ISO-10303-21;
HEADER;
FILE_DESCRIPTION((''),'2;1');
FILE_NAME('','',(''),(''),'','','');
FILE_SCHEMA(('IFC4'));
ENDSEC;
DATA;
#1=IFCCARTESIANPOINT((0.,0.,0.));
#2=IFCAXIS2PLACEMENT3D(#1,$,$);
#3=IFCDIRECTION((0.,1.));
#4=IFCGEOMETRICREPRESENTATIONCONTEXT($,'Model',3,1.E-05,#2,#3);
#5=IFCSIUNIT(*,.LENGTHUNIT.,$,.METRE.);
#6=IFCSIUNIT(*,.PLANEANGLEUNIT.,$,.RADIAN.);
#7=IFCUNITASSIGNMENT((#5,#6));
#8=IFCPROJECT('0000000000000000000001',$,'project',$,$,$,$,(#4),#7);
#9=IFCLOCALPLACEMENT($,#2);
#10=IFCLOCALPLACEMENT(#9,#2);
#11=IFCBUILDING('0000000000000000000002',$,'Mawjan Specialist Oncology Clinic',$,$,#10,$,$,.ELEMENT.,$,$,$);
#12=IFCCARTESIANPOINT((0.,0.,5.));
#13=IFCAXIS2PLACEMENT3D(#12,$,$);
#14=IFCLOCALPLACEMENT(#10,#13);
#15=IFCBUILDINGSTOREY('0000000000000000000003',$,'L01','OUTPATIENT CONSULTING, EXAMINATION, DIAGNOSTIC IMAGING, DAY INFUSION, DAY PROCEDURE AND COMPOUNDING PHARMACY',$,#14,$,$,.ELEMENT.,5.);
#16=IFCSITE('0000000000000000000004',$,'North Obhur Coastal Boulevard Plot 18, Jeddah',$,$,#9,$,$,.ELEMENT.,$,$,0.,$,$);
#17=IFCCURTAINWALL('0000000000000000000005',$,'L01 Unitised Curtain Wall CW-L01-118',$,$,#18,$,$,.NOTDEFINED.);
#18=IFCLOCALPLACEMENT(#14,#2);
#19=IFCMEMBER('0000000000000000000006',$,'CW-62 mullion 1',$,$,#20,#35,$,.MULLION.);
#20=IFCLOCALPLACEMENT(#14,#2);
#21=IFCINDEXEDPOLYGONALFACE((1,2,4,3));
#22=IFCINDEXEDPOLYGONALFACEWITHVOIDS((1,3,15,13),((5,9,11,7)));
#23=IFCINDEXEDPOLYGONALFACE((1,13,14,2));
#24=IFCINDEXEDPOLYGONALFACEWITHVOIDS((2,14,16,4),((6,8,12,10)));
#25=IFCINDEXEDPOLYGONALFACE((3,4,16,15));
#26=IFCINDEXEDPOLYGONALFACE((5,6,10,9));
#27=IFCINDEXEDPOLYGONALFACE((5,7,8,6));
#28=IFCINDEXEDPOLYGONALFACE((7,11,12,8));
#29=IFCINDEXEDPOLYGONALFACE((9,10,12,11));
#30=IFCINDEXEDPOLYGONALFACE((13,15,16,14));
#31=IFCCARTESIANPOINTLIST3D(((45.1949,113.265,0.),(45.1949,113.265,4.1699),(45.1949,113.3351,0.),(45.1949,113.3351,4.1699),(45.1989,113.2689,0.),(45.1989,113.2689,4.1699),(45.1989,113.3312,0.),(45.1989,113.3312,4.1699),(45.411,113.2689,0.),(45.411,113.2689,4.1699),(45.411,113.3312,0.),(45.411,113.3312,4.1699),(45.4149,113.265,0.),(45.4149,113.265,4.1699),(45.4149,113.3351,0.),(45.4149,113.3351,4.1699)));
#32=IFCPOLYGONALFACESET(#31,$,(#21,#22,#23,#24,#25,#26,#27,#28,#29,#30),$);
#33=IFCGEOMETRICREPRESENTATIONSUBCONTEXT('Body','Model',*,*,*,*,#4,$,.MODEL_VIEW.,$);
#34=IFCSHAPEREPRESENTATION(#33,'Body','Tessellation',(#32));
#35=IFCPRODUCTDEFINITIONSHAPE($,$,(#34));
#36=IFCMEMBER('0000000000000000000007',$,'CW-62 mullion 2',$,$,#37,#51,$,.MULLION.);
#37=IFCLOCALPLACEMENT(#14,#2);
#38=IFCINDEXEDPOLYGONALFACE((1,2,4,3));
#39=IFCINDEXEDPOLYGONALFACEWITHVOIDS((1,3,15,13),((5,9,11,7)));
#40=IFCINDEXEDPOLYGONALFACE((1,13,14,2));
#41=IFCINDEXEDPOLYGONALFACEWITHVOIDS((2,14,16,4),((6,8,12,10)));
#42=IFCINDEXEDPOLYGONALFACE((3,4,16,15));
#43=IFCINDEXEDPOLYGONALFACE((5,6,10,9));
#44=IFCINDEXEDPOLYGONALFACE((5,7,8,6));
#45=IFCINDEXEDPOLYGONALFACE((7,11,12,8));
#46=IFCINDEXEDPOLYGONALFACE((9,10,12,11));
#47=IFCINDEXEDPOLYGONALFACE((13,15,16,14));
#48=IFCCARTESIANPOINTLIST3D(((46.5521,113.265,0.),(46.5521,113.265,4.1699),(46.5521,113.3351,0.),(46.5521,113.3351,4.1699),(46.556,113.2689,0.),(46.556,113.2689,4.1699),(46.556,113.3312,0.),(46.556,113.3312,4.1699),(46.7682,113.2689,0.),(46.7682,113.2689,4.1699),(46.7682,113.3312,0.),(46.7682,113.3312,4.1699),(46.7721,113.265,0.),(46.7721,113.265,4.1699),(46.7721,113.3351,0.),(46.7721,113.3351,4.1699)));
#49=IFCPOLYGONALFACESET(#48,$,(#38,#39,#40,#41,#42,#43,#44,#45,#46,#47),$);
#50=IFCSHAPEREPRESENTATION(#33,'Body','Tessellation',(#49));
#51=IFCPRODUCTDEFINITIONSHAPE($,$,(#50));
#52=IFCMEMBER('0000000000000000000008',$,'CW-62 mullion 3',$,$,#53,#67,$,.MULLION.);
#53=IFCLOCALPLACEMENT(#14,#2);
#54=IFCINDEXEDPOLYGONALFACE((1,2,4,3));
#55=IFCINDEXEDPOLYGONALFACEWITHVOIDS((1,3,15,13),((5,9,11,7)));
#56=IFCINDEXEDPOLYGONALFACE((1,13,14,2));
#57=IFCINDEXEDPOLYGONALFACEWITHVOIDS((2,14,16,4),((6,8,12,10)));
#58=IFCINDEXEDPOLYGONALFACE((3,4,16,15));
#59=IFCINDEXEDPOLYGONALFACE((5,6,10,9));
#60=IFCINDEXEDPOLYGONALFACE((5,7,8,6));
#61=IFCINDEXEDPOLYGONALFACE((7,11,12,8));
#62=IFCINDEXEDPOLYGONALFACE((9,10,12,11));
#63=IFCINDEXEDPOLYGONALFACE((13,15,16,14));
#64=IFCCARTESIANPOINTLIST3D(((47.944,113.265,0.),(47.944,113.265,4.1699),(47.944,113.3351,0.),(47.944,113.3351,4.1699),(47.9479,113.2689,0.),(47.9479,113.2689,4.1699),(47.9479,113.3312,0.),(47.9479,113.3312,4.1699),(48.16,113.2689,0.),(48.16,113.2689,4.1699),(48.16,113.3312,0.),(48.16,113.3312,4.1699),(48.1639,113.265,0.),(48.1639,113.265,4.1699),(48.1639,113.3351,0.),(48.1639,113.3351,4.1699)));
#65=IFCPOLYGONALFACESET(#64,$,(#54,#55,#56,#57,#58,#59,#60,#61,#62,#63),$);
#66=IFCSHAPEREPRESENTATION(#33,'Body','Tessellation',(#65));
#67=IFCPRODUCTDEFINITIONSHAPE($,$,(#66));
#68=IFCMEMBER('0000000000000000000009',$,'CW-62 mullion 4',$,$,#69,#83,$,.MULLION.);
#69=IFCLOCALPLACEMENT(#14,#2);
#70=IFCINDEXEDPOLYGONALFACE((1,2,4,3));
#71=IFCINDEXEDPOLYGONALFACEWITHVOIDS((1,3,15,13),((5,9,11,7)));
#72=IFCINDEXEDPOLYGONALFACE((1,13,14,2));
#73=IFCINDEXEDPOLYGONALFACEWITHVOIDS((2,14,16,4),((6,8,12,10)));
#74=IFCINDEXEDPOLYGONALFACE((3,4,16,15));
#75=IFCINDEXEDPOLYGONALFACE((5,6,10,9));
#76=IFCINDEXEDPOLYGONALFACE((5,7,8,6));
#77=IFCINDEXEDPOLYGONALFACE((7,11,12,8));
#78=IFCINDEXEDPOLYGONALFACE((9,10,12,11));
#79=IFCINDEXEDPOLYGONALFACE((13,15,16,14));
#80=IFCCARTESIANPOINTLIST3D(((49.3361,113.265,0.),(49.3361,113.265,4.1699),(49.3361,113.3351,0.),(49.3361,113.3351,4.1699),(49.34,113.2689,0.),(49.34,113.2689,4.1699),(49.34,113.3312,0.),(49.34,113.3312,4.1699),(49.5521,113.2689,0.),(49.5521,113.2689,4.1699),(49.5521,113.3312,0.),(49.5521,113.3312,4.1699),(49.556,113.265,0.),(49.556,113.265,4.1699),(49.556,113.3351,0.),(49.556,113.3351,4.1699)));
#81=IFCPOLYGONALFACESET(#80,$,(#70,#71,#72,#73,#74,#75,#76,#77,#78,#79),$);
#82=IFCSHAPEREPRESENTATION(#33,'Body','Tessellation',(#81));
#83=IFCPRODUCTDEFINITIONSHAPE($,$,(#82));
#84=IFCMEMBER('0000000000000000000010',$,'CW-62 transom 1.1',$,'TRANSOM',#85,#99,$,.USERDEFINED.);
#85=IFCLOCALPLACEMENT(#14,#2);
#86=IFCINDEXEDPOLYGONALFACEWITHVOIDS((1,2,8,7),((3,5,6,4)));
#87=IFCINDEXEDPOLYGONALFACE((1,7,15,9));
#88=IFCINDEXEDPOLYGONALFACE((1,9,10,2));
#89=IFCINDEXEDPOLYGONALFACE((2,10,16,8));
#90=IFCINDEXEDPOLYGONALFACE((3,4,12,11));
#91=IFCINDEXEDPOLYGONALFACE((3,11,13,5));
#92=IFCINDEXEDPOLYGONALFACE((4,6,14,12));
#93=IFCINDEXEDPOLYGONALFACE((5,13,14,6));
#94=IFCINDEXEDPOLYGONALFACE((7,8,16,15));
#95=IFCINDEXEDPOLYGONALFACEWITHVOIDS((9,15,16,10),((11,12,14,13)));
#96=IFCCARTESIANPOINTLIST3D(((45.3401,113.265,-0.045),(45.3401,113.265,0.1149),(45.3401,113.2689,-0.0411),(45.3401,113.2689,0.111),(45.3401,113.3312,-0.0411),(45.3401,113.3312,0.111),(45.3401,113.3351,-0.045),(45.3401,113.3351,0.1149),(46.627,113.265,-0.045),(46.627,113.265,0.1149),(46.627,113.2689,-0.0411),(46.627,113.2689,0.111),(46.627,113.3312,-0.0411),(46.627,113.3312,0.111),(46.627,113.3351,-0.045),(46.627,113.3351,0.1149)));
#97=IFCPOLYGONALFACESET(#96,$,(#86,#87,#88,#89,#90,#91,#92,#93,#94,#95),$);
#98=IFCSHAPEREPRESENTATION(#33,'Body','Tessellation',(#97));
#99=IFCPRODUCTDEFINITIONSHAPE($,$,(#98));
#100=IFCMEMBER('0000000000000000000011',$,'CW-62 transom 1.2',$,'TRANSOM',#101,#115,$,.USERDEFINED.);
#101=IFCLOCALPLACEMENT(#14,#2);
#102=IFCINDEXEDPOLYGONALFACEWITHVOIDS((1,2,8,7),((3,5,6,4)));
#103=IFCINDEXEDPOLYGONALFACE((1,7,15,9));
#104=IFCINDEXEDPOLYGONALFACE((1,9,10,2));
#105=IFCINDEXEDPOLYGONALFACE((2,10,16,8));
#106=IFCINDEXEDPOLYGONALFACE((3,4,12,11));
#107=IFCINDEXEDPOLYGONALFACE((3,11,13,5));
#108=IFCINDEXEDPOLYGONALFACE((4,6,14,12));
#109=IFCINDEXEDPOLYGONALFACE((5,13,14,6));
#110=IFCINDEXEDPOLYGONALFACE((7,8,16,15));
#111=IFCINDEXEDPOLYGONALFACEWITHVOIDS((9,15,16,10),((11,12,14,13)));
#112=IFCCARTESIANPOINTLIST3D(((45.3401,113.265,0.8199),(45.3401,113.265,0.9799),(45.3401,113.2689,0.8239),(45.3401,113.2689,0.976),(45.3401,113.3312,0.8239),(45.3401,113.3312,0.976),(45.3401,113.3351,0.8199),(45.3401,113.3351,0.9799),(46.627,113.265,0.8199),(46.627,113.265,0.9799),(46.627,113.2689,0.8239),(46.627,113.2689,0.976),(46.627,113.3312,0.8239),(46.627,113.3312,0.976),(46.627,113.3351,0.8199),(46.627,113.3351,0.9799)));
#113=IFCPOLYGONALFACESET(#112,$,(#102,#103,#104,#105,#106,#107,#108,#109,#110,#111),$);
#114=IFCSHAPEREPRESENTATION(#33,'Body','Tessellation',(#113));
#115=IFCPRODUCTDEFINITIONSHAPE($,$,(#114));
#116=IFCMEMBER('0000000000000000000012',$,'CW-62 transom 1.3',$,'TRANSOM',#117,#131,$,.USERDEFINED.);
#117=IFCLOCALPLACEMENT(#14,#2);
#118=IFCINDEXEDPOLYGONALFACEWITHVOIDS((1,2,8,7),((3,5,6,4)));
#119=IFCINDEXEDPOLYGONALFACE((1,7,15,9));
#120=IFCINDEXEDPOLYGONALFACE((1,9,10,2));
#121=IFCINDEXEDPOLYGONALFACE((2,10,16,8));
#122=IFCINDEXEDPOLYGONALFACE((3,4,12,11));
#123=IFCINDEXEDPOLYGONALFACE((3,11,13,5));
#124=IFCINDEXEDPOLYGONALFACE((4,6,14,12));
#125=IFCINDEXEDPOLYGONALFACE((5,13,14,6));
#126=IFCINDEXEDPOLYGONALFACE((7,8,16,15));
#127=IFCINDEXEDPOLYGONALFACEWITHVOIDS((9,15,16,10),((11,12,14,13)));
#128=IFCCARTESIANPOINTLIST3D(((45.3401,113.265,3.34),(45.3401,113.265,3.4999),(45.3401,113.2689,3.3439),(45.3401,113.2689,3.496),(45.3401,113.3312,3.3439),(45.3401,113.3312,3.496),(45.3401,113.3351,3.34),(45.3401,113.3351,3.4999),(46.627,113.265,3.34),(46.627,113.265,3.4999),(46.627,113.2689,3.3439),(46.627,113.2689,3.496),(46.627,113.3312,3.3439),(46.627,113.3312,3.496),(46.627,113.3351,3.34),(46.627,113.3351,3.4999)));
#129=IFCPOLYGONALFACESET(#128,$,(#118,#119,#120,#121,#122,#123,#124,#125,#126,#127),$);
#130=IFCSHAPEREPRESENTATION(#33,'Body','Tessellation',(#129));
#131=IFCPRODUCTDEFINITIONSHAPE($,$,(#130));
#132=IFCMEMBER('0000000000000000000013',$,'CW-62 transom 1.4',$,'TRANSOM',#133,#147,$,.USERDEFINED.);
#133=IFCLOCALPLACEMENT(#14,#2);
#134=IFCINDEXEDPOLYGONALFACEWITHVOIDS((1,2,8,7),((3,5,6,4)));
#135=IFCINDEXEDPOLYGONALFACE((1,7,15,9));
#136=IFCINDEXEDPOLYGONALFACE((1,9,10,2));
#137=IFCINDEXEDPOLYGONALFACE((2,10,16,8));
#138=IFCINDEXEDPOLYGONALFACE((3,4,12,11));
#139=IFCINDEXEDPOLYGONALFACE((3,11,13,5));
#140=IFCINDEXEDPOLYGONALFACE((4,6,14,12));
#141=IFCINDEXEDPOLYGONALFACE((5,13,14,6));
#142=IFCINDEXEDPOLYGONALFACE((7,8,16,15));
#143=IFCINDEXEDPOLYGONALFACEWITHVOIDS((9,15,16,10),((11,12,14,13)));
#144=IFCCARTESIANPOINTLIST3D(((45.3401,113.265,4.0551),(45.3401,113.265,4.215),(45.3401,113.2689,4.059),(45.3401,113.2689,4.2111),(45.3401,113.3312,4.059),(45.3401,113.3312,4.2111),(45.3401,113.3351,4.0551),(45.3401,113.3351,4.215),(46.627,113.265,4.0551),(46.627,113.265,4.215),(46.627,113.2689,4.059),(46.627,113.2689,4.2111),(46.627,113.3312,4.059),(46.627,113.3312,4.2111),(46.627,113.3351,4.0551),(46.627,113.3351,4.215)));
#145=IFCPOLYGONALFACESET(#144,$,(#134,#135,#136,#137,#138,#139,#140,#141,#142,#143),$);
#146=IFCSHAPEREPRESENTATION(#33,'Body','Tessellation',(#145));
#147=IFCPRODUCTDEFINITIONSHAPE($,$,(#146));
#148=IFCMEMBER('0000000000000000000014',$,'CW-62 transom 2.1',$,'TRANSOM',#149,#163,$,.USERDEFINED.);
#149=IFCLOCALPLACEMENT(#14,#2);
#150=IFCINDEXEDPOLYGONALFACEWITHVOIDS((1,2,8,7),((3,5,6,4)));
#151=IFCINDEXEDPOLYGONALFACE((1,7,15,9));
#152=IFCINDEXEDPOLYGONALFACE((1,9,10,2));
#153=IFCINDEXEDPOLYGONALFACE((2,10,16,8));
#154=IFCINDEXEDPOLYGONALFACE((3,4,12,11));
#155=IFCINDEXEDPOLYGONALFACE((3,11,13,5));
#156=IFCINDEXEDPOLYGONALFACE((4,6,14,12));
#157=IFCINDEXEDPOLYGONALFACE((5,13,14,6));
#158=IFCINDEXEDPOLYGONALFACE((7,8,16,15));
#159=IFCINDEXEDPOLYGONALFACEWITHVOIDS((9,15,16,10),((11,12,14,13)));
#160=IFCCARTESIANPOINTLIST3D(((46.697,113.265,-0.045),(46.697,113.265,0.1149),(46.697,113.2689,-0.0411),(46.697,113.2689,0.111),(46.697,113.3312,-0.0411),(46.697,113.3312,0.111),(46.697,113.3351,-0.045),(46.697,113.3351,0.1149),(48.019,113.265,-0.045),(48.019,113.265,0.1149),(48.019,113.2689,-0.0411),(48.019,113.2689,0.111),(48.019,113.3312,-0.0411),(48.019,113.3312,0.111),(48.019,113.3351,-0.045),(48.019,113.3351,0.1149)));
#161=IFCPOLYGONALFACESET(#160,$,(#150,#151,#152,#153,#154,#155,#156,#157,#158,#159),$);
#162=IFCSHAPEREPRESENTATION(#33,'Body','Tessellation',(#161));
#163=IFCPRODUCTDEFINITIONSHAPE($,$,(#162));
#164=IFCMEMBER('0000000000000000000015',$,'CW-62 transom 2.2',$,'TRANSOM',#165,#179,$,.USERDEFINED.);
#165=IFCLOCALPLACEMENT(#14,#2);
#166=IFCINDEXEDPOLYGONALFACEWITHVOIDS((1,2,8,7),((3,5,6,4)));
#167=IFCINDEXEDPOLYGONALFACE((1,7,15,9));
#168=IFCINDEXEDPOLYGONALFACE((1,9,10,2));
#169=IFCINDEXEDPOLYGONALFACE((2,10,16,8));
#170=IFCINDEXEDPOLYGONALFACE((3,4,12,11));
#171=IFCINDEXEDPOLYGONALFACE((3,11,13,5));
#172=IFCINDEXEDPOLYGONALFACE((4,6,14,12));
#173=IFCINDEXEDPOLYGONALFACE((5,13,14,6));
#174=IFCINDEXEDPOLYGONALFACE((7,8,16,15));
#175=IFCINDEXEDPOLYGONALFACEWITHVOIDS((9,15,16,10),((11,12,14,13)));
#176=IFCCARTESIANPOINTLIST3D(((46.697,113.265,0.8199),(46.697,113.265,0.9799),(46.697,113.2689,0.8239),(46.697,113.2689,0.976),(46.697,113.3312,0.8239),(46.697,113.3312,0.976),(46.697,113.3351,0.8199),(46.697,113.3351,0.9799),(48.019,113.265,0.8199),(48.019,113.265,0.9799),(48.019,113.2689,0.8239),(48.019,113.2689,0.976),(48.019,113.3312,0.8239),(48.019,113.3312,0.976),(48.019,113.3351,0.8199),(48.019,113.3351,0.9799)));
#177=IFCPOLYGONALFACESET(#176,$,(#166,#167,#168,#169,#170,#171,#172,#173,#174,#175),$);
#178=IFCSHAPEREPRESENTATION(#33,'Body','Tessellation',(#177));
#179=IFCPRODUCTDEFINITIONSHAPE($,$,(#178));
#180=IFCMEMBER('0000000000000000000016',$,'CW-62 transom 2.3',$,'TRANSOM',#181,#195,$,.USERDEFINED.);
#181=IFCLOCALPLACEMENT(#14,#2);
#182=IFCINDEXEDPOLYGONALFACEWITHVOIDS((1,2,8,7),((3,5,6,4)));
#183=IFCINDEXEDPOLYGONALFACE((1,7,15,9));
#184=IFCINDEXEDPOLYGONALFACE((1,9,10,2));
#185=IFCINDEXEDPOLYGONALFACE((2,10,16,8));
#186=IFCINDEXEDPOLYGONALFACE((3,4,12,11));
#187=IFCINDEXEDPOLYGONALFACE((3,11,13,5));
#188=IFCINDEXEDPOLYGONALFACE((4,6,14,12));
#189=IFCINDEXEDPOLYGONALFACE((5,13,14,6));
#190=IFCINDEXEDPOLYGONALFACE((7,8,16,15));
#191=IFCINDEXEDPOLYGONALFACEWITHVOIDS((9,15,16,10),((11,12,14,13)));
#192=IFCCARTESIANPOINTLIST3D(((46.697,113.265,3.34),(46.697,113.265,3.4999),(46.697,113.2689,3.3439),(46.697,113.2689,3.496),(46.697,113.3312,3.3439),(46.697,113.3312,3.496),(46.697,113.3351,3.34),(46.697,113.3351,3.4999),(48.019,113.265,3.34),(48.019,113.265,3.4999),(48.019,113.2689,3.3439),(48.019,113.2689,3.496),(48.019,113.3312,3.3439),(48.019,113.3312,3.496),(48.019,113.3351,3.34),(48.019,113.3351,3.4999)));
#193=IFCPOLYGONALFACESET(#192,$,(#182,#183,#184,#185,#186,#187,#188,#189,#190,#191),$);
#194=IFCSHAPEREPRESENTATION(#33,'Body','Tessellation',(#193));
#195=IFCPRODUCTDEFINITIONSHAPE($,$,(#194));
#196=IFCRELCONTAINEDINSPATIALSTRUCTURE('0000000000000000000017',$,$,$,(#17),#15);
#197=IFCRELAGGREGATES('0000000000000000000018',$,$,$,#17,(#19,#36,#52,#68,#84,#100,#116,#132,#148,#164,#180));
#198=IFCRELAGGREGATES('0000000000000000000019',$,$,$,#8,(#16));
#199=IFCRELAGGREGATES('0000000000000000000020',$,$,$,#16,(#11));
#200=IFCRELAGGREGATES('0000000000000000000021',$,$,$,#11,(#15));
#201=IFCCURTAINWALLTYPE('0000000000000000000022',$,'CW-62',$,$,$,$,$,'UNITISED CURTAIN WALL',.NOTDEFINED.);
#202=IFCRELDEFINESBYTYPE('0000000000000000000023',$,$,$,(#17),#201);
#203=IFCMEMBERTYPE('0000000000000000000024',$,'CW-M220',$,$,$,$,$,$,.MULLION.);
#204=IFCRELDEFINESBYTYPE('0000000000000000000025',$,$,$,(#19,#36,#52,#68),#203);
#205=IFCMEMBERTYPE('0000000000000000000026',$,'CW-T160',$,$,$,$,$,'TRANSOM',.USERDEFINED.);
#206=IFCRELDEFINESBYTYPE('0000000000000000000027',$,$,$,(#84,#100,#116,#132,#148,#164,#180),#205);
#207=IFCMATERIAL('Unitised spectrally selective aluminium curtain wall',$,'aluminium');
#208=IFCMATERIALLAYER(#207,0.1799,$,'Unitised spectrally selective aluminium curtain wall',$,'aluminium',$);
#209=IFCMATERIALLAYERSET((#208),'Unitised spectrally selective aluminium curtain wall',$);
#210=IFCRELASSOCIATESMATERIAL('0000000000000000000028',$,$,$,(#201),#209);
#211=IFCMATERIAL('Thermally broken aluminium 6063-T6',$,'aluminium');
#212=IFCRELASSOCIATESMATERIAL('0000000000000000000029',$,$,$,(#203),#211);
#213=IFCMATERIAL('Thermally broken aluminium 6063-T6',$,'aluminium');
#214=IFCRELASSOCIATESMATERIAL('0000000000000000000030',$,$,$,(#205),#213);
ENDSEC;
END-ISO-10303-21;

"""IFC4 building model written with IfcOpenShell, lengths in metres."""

from ifc_helpers import new_model, si_unit, direction, frame, origin, origin_2d, place, context, subcontext, project, spatial, hollow_rectangle, extrude, material, layer, layer_set, material_profile, profile_set, type_object, element, aggregate, save


model = new_model("IFC4")

# Units and contexts
model_context = context("Model", 3, precision=1e-05, world=origin(), true_north=direction((0.0, 1.0)))
body_context = subcontext(model_context, "Body", "Model", "MODEL_VIEW")
ifc_project = project(units=[si_unit("LENGTHUNIT", "METRE"), si_unit("PLANEANGLEUNIT", "RADIAN")], contexts=[model_context])

# Site, building, storey
site_placement = place(None, origin())
site = spatial("IfcSite", under=ifc_project, at=site_placement, Name="North Obhur Coastal Boulevard Plot 18, Jeddah", CompositionType="ELEMENT", RefElevation=0.0)
building_placement = place(site_placement, origin())
building = spatial("IfcBuilding", under=site, at=building_placement, Name="Mawjan Specialist Oncology Clinic", CompositionType="ELEMENT")
storey_placement = place(building_placement, frame((0.0, 0.0, 5.0)))
storey = spatial("IfcBuildingStorey", under=building, at=storey_placement, Name="L01", Description="OUTPATIENT CONSULTING, EXAMINATION, DIAGNOSTIC IMAGING, DAY INFUSION, DAY PROCEDURE AND COMPOUNDING PHARMACY", CompositionType="ELEMENT", Elevation=5.0)

# Curtain wall, members
ifc_material_1 = material(Name="Unitised spectrally selective aluminium curtain wall", Category="aluminium")
ifc_layer_1 = layer(ifc_material_1, 0.1799, Name="Unitised spectrally selective aluminium curtain wall", Category="aluminium")
ifc_layer_set_1 = layer_set([ifc_layer_1], Name="Unitised spectrally selective aluminium curtain wall")
curtain_wall_type = type_object("IfcCurtainWallType", Name="CW-62", ElementType="UNITISED CURTAIN WALL", PredefinedType="NOTDEFINED", material=ifc_layer_set_1)
curtain_wall_placement = place(storey_placement, origin())
curtain_wall = element("IfcCurtainWall", 1, at=curtain_wall_placement, inside=storey, type_object=curtain_wall_type, Name="L01 Unitised Curtain Wall CW-L01-118", PredefinedType="NOTDEFINED")
ifc_material_2 = material(Name="Thermally broken aluminium 6063-T6", Category="aluminium")
ifc_material_profile_1 = material_profile(ifc_material_2, hollow_rectangle(XDim=0.0701, YDim=0.22, WallThickness=0.0039, at=origin_2d()), Name="ALU MULLION 220x70x4", Category="aluminium")
ifc_profile_set_1 = profile_set([ifc_material_profile_1], Name="Thermally broken aluminium 6063-T6")
member_type_1 = type_object("IfcMemberType", Name="CW-M220", PredefinedType="MULLION", material=ifc_profile_set_1)
member_1_placement = place(storey_placement, frame((45.3049, 113.3, 0.0), z_axis=(0.0, 0.0, 1.0), x_axis=(0.0, 1.0, 0.0)))
member_1 = element("IfcMember", 2, at=member_1_placement, type_object=member_type_1, Name="CW-62 mullion 1", PredefinedType="MULLION", context=body_context, shape_type="SweptSolid", body=[
    extrude(hollow_rectangle(XDim=0.0701, YDim=0.22, WallThickness=0.0039, at=origin_2d()), origin(), (0.0, 0.0, 1.0), 4.1699),
])
member_2_placement = place(storey_placement, frame((46.6621, 113.3, 0.0), z_axis=(0.0, 0.0, 1.0), x_axis=(0.0, 1.0, 0.0)))
member_2 = element("IfcMember", 3, at=member_2_placement, type_object=member_type_1, Name="CW-62 mullion 2", PredefinedType="MULLION", context=body_context, shape_type="SweptSolid", body=[
    extrude(hollow_rectangle(XDim=0.0701, YDim=0.22, WallThickness=0.0039, at=origin_2d()), origin(), (0.0, 0.0, 1.0), 4.1699),
])
member_3_placement = place(storey_placement, frame((48.054, 113.3, 0.0), z_axis=(0.0, 0.0, 1.0), x_axis=(0.0, 1.0, 0.0)))
member_3 = element("IfcMember", 4, at=member_3_placement, type_object=member_type_1, Name="CW-62 mullion 3", PredefinedType="MULLION", context=body_context, shape_type="SweptSolid", body=[
    extrude(hollow_rectangle(XDim=0.0701, YDim=0.22, WallThickness=0.0039, at=origin_2d()), origin(), (0.0, 0.0, 1.0), 4.1699),
])
member_4_placement = place(storey_placement, frame((49.446, 113.3, 0.0), z_axis=(0.0, 0.0, 1.0), x_axis=(0.0, 1.0, 0.0)))
member_4 = element("IfcMember", 5, at=member_4_placement, type_object=member_type_1, Name="CW-62 mullion 4", PredefinedType="MULLION", context=body_context, shape_type="SweptSolid", body=[
    extrude(hollow_rectangle(XDim=0.0701, YDim=0.22, WallThickness=0.0039, at=origin_2d()), origin(), (0.0, 0.0, 1.0), 4.1699),
])
ifc_material_3 = material(Name="Thermally broken aluminium 6063-T6", Category="aluminium")
ifc_material_profile_2 = material_profile(ifc_material_3, hollow_rectangle(XDim=0.0701, YDim=0.1599, WallThickness=0.0039, at=origin_2d()), Name="ALU TRANSOM 160x70x4", Category="aluminium")
ifc_profile_set_2 = profile_set([ifc_material_profile_2], Name="Thermally broken aluminium 6063-T6")
member_type_2 = type_object("IfcMemberType", Name="CW-T160", ElementType="TRANSOM", PredefinedType="USERDEFINED", material=ifc_profile_set_2)
member_5_placement = place(storey_placement, frame((45.3401, 113.3, 0.0349), z_axis=(1.0, 0.0, 0.0), x_axis=(0.0, 1.0, 0.0)))
member_5 = element("IfcMember", 6, at=member_5_placement, type_object=member_type_2, Name="CW-62 transom 1.1", ObjectType="TRANSOM", PredefinedType="USERDEFINED", context=body_context, shape_type="SweptSolid", body=[
    extrude(hollow_rectangle(XDim=0.0701, YDim=0.1599, WallThickness=0.0039, at=origin_2d()), origin(), (0.0, 0.0, 1.0), 1.2869),
])
member_6_placement = place(storey_placement, frame((45.3401, 113.3, 0.8999), z_axis=(1.0, 0.0, 0.0), x_axis=(0.0, 1.0, 0.0)))
member_6 = element("IfcMember", 7, at=member_6_placement, type_object=member_type_2, Name="CW-62 transom 1.2", ObjectType="TRANSOM", PredefinedType="USERDEFINED", context=body_context, shape_type="SweptSolid", body=[
    extrude(hollow_rectangle(XDim=0.0701, YDim=0.1599, WallThickness=0.0039, at=origin_2d()), origin(), (0.0, 0.0, 1.0), 1.2869),
])
member_7_placement = place(storey_placement, frame((45.3401, 113.3, 3.4199), z_axis=(1.0, 0.0, 0.0), x_axis=(0.0, 1.0, 0.0)))
member_7 = element("IfcMember", 8, at=member_7_placement, type_object=member_type_2, Name="CW-62 transom 1.3", ObjectType="TRANSOM", PredefinedType="USERDEFINED", context=body_context, shape_type="SweptSolid", body=[
    extrude(hollow_rectangle(XDim=0.0701, YDim=0.1599, WallThickness=0.0039, at=origin_2d()), origin(), (0.0, 0.0, 1.0), 1.2869),
])
member_8_placement = place(storey_placement, frame((45.3401, 113.3, 4.135), z_axis=(1.0, 0.0, 0.0), x_axis=(0.0, 1.0, 0.0)))
member_8 = element("IfcMember", 9, at=member_8_placement, type_object=member_type_2, Name="CW-62 transom 1.4", ObjectType="TRANSOM", PredefinedType="USERDEFINED", context=body_context, shape_type="SweptSolid", body=[
    extrude(hollow_rectangle(XDim=0.0701, YDim=0.1599, WallThickness=0.0039, at=origin_2d()), origin(), (0.0, 0.0, 1.0), 1.2869),
])
member_9_placement = place(storey_placement, frame((46.697, 113.3, 0.0349), z_axis=(1.0, 0.0, 0.0), x_axis=(0.0, 1.0, 0.0)))
member_9 = element("IfcMember", 10, at=member_9_placement, type_object=member_type_2, Name="CW-62 transom 2.1", ObjectType="TRANSOM", PredefinedType="USERDEFINED", context=body_context, shape_type="SweptSolid", body=[
    extrude(hollow_rectangle(XDim=0.0701, YDim=0.1599, WallThickness=0.0039, at=origin_2d()), origin(), (0.0, 0.0, 1.0), 1.322),
])
member_10_placement = place(storey_placement, frame((46.697, 113.3, 0.8999), z_axis=(1.0, 0.0, 0.0), x_axis=(0.0, 1.0, 0.0)))
member_10 = element("IfcMember", 11, at=member_10_placement, type_object=member_type_2, Name="CW-62 transom 2.2", ObjectType="TRANSOM", PredefinedType="USERDEFINED", context=body_context, shape_type="SweptSolid", body=[
    extrude(hollow_rectangle(XDim=0.0701, YDim=0.1599, WallThickness=0.0039, at=origin_2d()), origin(), (0.0, 0.0, 1.0), 1.322),
])
member_11_placement = place(storey_placement, frame((46.697, 113.3, 3.4199), z_axis=(1.0, 0.0, 0.0), x_axis=(0.0, 1.0, 0.0)))
member_11 = element("IfcMember", 12, at=member_11_placement, type_object=member_type_2, Name="CW-62 transom 2.3", ObjectType="TRANSOM", PredefinedType="USERDEFINED", context=body_context, shape_type="SweptSolid", body=[
    extrude(hollow_rectangle(XDim=0.0701, YDim=0.1599, WallThickness=0.0039, at=origin_2d()), origin(), (0.0, 0.0, 1.0), 1.322),
])

aggregate(curtain_wall, [member_1, member_2, member_3, member_4, member_5, member_6, member_7, member_8, member_9, member_10, member_11])

save(model, "model.ifc")
